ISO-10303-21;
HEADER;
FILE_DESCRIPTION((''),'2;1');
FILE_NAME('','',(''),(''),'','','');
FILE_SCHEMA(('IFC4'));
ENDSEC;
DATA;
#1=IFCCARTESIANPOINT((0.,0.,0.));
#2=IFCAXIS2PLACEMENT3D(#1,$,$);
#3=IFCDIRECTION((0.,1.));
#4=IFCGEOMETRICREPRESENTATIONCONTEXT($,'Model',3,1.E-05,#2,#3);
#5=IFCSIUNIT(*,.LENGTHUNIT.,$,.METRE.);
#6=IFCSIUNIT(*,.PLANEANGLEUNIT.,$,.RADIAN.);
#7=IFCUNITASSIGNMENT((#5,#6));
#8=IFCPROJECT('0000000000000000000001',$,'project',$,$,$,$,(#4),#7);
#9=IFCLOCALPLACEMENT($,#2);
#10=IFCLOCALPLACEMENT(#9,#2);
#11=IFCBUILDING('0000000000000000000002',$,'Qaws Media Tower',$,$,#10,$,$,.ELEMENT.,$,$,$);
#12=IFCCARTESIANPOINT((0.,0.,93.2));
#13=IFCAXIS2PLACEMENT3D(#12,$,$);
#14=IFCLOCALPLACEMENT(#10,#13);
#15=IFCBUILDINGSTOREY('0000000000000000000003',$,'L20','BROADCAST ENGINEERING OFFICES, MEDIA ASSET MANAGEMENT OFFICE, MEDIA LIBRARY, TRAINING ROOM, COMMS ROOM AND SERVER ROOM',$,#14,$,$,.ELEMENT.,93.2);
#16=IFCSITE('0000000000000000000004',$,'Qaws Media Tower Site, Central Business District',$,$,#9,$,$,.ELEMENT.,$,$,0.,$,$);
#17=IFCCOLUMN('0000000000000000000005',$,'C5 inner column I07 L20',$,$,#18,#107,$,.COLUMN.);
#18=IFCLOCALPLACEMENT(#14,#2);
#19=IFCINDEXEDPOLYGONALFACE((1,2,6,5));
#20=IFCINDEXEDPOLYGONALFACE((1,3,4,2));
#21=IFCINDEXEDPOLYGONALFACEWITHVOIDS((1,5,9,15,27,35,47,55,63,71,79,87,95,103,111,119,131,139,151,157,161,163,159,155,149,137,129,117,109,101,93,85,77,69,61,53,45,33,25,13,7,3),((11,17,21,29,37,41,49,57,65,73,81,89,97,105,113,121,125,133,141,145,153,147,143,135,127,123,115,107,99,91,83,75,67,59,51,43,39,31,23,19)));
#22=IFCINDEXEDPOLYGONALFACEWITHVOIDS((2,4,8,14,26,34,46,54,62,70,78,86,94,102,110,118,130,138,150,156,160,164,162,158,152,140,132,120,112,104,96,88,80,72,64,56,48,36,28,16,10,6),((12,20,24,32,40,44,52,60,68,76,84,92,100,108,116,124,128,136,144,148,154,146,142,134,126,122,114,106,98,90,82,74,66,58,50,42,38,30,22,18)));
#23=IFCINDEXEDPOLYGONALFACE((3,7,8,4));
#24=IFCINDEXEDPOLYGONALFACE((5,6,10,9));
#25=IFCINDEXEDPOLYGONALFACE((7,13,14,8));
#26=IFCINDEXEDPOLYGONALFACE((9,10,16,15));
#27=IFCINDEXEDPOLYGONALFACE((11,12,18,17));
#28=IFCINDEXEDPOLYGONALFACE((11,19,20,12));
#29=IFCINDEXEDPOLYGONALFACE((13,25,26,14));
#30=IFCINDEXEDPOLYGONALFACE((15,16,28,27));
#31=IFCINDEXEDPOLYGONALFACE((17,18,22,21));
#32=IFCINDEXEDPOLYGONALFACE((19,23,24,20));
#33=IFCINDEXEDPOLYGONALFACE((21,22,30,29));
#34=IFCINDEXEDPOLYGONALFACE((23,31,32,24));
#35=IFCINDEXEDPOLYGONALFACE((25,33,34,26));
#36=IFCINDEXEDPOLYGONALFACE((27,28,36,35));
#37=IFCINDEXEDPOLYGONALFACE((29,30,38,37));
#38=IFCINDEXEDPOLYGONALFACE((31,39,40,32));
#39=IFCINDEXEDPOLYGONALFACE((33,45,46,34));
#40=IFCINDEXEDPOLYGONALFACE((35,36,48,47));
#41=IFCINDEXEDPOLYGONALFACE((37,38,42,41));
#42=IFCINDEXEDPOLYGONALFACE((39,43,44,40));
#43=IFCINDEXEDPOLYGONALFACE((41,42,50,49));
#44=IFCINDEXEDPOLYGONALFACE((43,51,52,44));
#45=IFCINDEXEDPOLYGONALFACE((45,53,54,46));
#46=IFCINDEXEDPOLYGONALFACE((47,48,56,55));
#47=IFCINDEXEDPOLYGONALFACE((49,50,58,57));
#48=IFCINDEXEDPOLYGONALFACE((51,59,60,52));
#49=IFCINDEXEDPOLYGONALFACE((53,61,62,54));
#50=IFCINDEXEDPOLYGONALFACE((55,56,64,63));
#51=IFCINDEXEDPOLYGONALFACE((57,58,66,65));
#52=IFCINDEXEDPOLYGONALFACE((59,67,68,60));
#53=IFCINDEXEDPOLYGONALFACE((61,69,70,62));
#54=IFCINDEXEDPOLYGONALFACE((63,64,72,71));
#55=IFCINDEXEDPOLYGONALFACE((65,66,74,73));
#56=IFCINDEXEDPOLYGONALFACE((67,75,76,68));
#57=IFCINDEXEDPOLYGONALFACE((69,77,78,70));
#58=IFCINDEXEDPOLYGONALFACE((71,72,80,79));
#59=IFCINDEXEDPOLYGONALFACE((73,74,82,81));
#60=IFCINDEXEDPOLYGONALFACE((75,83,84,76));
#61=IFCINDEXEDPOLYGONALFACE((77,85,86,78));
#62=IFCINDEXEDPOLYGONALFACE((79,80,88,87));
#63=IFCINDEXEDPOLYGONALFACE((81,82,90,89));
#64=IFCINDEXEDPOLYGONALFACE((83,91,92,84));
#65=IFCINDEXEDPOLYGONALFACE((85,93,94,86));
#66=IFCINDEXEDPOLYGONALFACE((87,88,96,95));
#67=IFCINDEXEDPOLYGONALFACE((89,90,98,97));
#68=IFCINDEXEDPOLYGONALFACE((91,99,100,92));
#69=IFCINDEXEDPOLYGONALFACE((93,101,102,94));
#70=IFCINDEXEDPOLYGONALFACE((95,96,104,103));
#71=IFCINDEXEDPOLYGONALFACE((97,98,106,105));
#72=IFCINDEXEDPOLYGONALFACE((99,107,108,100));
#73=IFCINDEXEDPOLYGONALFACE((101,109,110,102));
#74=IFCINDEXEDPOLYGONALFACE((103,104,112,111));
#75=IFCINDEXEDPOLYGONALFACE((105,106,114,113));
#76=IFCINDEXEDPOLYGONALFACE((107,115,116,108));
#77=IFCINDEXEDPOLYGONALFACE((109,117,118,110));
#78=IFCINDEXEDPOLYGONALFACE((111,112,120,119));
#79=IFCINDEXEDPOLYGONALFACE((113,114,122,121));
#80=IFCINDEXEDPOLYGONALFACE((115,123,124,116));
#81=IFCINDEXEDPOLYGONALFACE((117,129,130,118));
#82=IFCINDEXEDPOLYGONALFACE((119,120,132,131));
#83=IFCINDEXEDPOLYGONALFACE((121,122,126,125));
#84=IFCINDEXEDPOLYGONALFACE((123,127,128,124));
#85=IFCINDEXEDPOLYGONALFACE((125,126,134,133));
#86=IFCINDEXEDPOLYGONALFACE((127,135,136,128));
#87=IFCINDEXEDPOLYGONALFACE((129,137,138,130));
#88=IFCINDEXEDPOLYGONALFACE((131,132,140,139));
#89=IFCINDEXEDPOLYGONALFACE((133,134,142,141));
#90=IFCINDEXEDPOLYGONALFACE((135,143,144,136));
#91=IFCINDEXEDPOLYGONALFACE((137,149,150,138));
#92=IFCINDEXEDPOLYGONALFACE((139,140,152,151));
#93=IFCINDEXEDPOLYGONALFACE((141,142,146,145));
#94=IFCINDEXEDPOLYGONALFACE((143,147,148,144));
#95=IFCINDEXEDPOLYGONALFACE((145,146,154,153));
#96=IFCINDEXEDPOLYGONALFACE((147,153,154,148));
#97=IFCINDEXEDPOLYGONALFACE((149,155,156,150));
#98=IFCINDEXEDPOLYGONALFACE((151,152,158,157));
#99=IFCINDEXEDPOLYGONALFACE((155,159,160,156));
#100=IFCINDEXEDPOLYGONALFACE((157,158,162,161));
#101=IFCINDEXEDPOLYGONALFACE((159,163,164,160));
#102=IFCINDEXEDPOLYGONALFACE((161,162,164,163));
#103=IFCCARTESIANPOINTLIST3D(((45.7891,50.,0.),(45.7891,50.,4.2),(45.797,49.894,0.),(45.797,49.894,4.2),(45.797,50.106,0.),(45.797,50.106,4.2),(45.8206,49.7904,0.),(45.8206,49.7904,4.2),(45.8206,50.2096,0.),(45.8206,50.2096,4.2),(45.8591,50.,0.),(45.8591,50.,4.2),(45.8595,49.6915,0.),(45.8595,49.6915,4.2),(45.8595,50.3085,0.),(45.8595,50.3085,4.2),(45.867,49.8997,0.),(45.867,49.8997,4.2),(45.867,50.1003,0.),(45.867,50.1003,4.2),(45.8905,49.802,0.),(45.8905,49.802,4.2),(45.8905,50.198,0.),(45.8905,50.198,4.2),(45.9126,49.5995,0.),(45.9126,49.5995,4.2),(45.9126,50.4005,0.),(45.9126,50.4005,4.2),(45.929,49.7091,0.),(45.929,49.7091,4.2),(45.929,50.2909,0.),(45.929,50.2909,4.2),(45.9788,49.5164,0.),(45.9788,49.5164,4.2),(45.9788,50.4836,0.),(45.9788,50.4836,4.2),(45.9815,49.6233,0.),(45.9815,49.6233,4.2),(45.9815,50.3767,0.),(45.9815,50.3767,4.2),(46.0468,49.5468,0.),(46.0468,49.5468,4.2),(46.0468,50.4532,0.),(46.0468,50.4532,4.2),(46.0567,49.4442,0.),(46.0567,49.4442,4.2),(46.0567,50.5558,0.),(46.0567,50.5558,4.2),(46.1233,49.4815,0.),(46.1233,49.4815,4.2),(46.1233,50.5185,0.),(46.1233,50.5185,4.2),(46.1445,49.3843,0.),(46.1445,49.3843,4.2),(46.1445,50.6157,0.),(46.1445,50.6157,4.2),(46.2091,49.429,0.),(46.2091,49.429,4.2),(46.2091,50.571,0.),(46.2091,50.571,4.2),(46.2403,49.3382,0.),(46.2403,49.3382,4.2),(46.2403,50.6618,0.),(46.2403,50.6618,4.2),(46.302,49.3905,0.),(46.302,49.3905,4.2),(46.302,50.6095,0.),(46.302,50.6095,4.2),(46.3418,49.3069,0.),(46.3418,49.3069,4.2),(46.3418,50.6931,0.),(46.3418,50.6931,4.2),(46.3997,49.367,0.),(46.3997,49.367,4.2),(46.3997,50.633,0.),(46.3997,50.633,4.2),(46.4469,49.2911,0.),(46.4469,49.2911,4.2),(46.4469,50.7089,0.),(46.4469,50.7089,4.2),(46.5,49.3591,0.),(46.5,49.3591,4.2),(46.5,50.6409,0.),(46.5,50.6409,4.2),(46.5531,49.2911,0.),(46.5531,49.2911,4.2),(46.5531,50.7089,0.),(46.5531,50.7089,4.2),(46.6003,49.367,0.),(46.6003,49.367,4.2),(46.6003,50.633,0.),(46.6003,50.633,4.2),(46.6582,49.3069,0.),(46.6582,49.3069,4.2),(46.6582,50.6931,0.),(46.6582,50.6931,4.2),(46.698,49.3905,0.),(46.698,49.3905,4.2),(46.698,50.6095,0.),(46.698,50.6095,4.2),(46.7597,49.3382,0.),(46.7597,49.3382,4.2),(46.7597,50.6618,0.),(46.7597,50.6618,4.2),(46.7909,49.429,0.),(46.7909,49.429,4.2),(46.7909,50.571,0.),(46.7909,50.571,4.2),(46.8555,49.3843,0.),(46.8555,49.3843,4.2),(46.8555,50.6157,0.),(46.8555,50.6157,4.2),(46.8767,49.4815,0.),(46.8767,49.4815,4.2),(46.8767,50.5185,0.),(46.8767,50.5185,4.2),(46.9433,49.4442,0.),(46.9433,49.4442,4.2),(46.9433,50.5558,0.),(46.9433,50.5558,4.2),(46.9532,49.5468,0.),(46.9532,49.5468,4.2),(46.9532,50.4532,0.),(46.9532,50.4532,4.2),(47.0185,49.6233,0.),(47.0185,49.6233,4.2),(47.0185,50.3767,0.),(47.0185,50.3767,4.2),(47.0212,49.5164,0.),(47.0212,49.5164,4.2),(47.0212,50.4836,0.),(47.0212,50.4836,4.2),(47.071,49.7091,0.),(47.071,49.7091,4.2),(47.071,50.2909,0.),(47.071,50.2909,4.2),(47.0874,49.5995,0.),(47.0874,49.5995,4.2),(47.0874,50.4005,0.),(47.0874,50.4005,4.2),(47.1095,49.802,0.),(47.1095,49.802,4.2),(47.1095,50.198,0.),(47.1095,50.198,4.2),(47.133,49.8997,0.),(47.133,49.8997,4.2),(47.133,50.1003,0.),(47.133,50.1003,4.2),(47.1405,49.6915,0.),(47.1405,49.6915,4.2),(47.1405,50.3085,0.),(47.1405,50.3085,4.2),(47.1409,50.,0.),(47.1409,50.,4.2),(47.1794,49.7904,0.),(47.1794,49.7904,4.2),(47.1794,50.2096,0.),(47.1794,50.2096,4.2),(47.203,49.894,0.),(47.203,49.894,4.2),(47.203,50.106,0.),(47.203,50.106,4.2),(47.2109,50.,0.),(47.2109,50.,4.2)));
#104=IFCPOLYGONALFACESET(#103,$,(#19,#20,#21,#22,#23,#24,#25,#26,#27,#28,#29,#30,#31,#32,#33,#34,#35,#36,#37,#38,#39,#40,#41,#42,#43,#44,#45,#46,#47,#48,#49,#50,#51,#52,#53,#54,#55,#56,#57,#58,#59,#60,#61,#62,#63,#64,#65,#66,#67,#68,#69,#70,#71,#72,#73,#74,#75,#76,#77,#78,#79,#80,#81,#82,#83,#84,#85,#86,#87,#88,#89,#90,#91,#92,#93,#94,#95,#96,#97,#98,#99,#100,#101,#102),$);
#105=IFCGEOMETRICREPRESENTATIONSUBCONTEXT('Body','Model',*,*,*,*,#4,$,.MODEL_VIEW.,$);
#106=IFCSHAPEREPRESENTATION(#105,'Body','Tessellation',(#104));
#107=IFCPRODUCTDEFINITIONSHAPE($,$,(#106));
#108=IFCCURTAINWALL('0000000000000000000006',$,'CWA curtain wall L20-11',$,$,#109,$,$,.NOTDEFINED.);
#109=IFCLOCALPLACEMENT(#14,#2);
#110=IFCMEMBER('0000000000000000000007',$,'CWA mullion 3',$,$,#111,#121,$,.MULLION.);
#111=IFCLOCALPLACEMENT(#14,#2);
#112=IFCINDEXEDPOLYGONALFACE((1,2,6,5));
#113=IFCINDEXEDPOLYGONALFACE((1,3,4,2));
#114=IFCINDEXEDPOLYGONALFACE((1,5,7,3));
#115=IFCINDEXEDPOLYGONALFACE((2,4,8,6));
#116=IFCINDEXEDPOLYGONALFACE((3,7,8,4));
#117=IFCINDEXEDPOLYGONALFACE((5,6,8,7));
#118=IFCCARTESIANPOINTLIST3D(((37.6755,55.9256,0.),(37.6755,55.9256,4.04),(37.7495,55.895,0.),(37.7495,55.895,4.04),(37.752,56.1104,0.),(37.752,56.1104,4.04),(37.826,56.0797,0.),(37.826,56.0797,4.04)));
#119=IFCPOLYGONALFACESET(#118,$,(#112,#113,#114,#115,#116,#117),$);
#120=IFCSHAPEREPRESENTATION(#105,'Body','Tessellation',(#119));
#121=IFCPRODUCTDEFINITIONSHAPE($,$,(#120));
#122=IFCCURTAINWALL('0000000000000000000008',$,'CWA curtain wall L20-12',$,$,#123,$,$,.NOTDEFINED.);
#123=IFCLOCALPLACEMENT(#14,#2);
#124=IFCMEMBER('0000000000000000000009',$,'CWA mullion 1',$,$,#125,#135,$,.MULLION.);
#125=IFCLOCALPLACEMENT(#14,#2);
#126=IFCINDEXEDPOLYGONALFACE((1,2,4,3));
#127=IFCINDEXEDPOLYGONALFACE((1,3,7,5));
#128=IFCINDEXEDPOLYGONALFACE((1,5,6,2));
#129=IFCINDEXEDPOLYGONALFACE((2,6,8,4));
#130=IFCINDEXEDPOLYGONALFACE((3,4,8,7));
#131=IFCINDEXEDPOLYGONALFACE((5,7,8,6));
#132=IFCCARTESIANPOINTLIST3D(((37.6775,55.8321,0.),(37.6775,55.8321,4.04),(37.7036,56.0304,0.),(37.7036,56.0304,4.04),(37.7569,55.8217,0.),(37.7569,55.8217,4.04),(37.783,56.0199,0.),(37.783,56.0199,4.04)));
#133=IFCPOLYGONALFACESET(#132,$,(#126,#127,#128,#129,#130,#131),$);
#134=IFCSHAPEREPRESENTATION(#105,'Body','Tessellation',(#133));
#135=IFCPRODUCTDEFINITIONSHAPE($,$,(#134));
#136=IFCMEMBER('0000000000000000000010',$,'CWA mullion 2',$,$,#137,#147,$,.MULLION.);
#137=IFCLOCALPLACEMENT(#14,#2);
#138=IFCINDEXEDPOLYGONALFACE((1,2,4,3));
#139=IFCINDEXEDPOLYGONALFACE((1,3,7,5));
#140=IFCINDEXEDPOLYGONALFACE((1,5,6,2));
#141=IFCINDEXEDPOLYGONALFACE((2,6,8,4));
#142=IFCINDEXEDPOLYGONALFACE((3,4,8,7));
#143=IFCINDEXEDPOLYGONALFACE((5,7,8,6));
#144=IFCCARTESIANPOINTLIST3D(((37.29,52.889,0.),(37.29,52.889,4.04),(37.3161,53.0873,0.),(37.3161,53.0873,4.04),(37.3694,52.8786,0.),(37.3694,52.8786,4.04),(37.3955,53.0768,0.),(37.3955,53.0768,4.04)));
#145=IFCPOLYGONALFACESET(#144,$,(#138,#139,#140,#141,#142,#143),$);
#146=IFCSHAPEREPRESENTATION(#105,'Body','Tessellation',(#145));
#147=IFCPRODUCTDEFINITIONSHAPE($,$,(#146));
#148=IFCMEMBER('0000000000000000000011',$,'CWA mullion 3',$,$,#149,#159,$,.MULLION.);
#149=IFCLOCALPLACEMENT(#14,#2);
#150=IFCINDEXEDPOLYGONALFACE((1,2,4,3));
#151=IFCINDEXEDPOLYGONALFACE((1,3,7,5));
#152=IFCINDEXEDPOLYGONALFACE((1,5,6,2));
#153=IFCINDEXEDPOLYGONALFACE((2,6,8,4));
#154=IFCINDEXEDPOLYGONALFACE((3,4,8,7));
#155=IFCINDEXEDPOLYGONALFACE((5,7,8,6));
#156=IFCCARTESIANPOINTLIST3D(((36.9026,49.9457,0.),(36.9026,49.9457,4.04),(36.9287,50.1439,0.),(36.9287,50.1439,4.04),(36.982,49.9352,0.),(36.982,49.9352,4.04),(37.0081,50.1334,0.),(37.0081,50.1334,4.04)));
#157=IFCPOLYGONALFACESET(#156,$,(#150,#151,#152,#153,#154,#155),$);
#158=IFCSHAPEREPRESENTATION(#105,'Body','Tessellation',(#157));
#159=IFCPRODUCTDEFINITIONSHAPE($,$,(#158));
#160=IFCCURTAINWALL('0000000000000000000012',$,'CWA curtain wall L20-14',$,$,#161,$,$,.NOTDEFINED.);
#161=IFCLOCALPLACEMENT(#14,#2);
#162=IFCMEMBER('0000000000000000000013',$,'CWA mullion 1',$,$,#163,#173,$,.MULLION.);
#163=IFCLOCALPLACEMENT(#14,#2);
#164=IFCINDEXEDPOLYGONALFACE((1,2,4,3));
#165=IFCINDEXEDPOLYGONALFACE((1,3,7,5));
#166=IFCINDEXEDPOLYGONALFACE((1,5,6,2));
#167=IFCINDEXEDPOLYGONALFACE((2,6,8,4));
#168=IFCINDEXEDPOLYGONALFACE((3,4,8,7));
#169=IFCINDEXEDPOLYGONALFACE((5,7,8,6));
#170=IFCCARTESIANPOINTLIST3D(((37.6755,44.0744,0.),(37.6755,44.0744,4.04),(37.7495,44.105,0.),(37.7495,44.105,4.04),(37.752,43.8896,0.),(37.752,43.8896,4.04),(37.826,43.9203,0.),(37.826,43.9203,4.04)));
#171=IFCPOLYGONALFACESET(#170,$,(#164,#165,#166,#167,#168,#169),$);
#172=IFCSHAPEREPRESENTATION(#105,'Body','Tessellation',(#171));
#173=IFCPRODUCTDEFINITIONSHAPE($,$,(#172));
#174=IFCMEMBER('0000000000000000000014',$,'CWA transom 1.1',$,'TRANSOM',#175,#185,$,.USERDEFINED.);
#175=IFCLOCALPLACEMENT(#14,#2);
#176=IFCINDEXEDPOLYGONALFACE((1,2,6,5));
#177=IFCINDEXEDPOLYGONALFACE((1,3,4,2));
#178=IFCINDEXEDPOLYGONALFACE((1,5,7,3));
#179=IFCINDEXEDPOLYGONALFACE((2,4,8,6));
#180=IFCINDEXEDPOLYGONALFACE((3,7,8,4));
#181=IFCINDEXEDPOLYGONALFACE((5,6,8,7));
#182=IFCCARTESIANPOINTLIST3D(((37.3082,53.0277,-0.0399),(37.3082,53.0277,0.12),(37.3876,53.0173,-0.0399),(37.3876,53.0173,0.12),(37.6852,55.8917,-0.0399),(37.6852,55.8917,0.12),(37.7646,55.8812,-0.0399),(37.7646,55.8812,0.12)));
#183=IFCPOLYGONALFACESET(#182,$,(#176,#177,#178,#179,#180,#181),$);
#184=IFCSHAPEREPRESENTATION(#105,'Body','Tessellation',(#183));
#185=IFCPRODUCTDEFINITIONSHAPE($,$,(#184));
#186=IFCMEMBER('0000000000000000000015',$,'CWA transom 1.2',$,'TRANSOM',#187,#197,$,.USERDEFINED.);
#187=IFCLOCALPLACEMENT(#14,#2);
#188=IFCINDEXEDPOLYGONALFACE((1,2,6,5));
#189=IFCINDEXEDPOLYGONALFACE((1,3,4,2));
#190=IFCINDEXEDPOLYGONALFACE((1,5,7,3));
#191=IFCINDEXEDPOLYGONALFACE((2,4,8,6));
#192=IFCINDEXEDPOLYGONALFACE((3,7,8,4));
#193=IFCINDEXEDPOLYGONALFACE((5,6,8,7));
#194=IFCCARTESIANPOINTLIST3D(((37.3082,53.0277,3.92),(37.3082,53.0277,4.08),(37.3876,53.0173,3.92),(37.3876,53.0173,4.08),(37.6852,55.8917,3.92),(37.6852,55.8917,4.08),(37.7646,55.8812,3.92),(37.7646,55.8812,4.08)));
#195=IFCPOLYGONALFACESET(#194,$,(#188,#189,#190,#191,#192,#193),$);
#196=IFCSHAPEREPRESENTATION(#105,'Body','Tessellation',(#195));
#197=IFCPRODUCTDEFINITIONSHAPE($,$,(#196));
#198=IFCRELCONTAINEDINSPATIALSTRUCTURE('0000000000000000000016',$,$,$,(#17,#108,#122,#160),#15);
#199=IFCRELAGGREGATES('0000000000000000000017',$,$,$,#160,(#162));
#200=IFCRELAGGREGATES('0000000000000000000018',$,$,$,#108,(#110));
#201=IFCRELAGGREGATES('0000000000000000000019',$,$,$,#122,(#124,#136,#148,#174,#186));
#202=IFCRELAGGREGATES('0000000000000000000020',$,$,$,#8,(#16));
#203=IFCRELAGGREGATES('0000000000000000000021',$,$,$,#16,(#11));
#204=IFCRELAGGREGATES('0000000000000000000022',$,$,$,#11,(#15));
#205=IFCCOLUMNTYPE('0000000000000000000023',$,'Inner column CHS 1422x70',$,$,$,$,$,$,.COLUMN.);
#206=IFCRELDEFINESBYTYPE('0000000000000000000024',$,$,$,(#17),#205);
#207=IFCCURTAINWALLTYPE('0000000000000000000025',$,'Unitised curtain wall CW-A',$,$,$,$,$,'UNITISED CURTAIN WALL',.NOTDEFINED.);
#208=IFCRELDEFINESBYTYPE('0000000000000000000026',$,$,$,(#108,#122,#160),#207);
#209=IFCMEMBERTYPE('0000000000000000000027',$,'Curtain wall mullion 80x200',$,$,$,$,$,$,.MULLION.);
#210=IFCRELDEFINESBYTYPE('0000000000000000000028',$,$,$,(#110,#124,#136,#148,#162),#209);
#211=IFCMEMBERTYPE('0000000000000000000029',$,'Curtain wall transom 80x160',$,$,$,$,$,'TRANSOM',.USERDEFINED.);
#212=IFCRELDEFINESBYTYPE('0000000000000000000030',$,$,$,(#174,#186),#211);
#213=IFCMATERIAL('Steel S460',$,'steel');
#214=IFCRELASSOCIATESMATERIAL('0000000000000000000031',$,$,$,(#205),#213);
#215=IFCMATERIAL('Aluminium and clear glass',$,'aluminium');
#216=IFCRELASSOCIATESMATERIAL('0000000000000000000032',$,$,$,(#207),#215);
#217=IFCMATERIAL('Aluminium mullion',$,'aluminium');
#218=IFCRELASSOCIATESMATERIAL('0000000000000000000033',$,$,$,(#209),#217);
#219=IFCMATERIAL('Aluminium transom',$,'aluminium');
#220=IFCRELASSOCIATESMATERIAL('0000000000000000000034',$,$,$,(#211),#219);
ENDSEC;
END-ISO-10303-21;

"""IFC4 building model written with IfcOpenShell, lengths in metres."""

from ifc_helpers import new_model, si_unit, direction, frame, origin, origin_2d, place, context, subcontext, project, spatial, rectangle, hollow_circle, extrude, material, material_profile, profile_set, type_object, element, aggregate, save


model = new_model("IFC4")

# Units and contexts
model_context = context("Model", 3, precision=1e-05, world=origin(), true_north=direction((0.0, 1.0)))
body_context = subcontext(model_context, "Body", "Model", "MODEL_VIEW")
ifc_project = project(units=[si_unit("LENGTHUNIT", "METRE"), si_unit("PLANEANGLEUNIT", "RADIAN")], contexts=[model_context])

# Site, building, storey
site_placement = place(None, origin())
site = spatial("IfcSite", under=ifc_project, at=site_placement, Name="Qaws Media Tower Site, Central Business District", CompositionType="ELEMENT", RefElevation=0.0)
building_placement = place(site_placement, origin())
building = spatial("IfcBuilding", under=site, at=building_placement, Name="Qaws Media Tower", CompositionType="ELEMENT")
storey_placement = place(building_placement, frame((0.0, 0.0, 93.2)))
storey = spatial("IfcBuildingStorey", under=building, at=storey_placement, Name="L20", Description="BROADCAST ENGINEERING OFFICES, MEDIA ASSET MANAGEMENT OFFICE, MEDIA LIBRARY, TRAINING ROOM, COMMS ROOM AND SERVER ROOM", CompositionType="ELEMENT", Elevation=93.2)

# Column
ifc_material_1 = material(Name="Steel S460", Category="steel")
ifc_material_profile_1 = material_profile(ifc_material_1, hollow_circle(Radius=0.7109, WallThickness=0.0701, at=origin_2d()), Name="CHS 1422x70")
ifc_profile_set_1 = profile_set([ifc_material_profile_1], Name="Steel S460")
column_type = type_object("IfcColumnType", Name="Inner column CHS 1422x70", PredefinedType="COLUMN", material=ifc_profile_set_1)
column_placement = place(storey_placement, frame((46.5, 50.0, 0.0), z_axis=(0.0, 0.0, 1.0), x_axis=(1.0, 0.0, 0.0)))
element("IfcColumn", 1, at=column_placement, inside=storey, type_object=column_type, Name="C5 inner column I07 L20", PredefinedType="COLUMN", context=body_context, shape_type="SweptSolid", body=[
    extrude(hollow_circle(Radius=0.7109, WallThickness=0.0701, at=origin_2d()), origin(), (0.0, 0.0, 1.0), 4.2),
])

# Curtain wall, member
ifc_material_2 = material(Name="Aluminium and clear glass", Category="aluminium")
curtain_wall_type = type_object("IfcCurtainWallType", Name="Unitised curtain wall CW-A", ElementType="UNITISED CURTAIN WALL", PredefinedType="NOTDEFINED", material=ifc_material_2)
curtain_wall_1_placement = place(storey_placement, origin())
curtain_wall_1 = element("IfcCurtainWall", 2, at=curtain_wall_1_placement, inside=storey, type_object=curtain_wall_type, Name="CWA curtain wall L20-11", PredefinedType="NOTDEFINED")
ifc_material_3 = material(Name="Aluminium mullion", Category="aluminium")
ifc_material_profile_2 = material_profile(ifc_material_3, rectangle(XDim=0.0801, YDim=0.2, at=origin_2d()), Name="80x200")
ifc_profile_set_2 = profile_set([ifc_material_profile_2], Name="Aluminium mullion")
member_type_1 = type_object("IfcMemberType", Name="Curtain wall mullion 80x200", PredefinedType="MULLION", material=ifc_profile_set_2)
member_1_placement = place(storey_placement, frame((37.7507, 56.0027, 0.0), z_axis=(0.0, 0.0, 1.0), x_axis=(0.92388, -0.382683, 0.0)))
member_1 = element("IfcMember", 3, at=member_1_placement, type_object=member_type_1, Name="CWA mullion 3", PredefinedType="MULLION", context=body_context, shape_type="SweptSolid", body=[
    extrude(rectangle(XDim=0.0801, YDim=0.2, at=origin_2d()), origin(), (0.0, 0.0, 1.0), 4.04),
])

# Curtain wall, members
curtain_wall_2_placement = place(storey_placement, origin())
curtain_wall_2 = element("IfcCurtainWall", 4, at=curtain_wall_2_placement, inside=storey, type_object=curtain_wall_type, Name="CWA curtain wall L20-12", PredefinedType="NOTDEFINED")
member_2_placement = place(storey_placement, frame((37.7302, 55.926, 0.0), z_axis=(0.0, 0.0, 1.0), x_axis=(0.991445, -0.130526, 0.0)))
member_2 = element("IfcMember", 5, at=member_2_placement, type_object=member_type_1, Name="CWA mullion 1", PredefinedType="MULLION", context=body_context, shape_type="SweptSolid", body=[
    extrude(rectangle(XDim=0.0801, YDim=0.2, at=origin_2d()), origin(), (0.0, 0.0, 1.0), 4.04),
])
member_3_placement = place(storey_placement, frame((37.3428, 52.9829, 0.0), z_axis=(0.0, 0.0, 1.0), x_axis=(0.991445, -0.130526, 0.0)))
member_3 = element("IfcMember", 6, at=member_3_placement, type_object=member_type_1, Name="CWA mullion 2", PredefinedType="MULLION", context=body_context, shape_type="SweptSolid", body=[
    extrude(rectangle(XDim=0.0801, YDim=0.2, at=origin_2d()), origin(), (0.0, 0.0, 1.0), 4.04),
])
member_4_placement = place(storey_placement, frame((36.9553, 50.0396, 0.0), z_axis=(0.0, 0.0, 1.0), x_axis=(0.991445, -0.130526, 0.0)))
member_4 = element("IfcMember", 7, at=member_4_placement, type_object=member_type_1, Name="CWA mullion 3", PredefinedType="MULLION", context=body_context, shape_type="SweptSolid", body=[
    extrude(rectangle(XDim=0.0801, YDim=0.2, at=origin_2d()), origin(), (0.0, 0.0, 1.0), 4.04),
])

# Curtain wall, member
curtain_wall_3_placement = place(storey_placement, origin())
curtain_wall_3 = element("IfcCurtainWall", 8, at=curtain_wall_3_placement, inside=storey, type_object=curtain_wall_type, Name="CWA curtain wall L20-14", PredefinedType="NOTDEFINED")
member_5_placement = place(storey_placement, frame((37.7507, 43.9973, 0.0), z_axis=(0.0, 0.0, 1.0), x_axis=(0.92388, 0.382683, 0.0)))
member_5 = element("IfcMember", 9, at=member_5_placement, type_object=member_type_1, Name="CWA mullion 1", PredefinedType="MULLION", context=body_context, shape_type="SweptSolid", body=[
    extrude(rectangle(XDim=0.0801, YDim=0.2, at=origin_2d()), origin(), (0.0, 0.0, 1.0), 4.04),
])

# Members
ifc_material_4 = material(Name="Aluminium transom", Category="aluminium")
ifc_material_profile_3 = material_profile(ifc_material_4, rectangle(XDim=0.0801, YDim=0.1599, at=origin_2d()), Name="80x160")
ifc_profile_set_3 = profile_set([ifc_material_profile_3], Name="Aluminium transom")
member_type_2 = type_object("IfcMemberType", Name="Curtain wall transom 80x160", ElementType="TRANSOM", PredefinedType="USERDEFINED", material=ifc_profile_set_3)
member_6_placement = place(storey_placement, frame((37.7249, 55.8865, 0.04), z_axis=(-0.130492, -0.991449, 0.0), x_axis=(0.991449, -0.130492, 0.0)))
member_6 = element("IfcMember", 10, at=member_6_placement, type_object=member_type_2, Name="CWA transom 1.1", ObjectType="TRANSOM", PredefinedType="USERDEFINED", context=body_context, shape_type="SweptSolid", body=[
    extrude(rectangle(XDim=0.0801, YDim=0.1599, at=origin_2d()), origin(), (0.0, 0.0, 1.0), 2.8887),
])
member_7_placement = place(storey_placement, frame((37.7249, 55.8865, 4.0), z_axis=(-0.130492, -0.991449, 0.0), x_axis=(0.991449, -0.130492, 0.0)))
member_7 = element("IfcMember", 11, at=member_7_placement, type_object=member_type_2, Name="CWA transom 1.2", ObjectType="TRANSOM", PredefinedType="USERDEFINED", context=body_context, shape_type="SweptSolid", body=[
    extrude(rectangle(XDim=0.0801, YDim=0.1599, at=origin_2d()), origin(), (0.0, 0.0, 1.0), 2.8887),
])
aggregate(curtain_wall_3, [member_5])

aggregate(curtain_wall_1, [member_1])
aggregate(curtain_wall_2, [member_2, member_3, member_4, member_6, member_7])

save(model, "model.ifc")
